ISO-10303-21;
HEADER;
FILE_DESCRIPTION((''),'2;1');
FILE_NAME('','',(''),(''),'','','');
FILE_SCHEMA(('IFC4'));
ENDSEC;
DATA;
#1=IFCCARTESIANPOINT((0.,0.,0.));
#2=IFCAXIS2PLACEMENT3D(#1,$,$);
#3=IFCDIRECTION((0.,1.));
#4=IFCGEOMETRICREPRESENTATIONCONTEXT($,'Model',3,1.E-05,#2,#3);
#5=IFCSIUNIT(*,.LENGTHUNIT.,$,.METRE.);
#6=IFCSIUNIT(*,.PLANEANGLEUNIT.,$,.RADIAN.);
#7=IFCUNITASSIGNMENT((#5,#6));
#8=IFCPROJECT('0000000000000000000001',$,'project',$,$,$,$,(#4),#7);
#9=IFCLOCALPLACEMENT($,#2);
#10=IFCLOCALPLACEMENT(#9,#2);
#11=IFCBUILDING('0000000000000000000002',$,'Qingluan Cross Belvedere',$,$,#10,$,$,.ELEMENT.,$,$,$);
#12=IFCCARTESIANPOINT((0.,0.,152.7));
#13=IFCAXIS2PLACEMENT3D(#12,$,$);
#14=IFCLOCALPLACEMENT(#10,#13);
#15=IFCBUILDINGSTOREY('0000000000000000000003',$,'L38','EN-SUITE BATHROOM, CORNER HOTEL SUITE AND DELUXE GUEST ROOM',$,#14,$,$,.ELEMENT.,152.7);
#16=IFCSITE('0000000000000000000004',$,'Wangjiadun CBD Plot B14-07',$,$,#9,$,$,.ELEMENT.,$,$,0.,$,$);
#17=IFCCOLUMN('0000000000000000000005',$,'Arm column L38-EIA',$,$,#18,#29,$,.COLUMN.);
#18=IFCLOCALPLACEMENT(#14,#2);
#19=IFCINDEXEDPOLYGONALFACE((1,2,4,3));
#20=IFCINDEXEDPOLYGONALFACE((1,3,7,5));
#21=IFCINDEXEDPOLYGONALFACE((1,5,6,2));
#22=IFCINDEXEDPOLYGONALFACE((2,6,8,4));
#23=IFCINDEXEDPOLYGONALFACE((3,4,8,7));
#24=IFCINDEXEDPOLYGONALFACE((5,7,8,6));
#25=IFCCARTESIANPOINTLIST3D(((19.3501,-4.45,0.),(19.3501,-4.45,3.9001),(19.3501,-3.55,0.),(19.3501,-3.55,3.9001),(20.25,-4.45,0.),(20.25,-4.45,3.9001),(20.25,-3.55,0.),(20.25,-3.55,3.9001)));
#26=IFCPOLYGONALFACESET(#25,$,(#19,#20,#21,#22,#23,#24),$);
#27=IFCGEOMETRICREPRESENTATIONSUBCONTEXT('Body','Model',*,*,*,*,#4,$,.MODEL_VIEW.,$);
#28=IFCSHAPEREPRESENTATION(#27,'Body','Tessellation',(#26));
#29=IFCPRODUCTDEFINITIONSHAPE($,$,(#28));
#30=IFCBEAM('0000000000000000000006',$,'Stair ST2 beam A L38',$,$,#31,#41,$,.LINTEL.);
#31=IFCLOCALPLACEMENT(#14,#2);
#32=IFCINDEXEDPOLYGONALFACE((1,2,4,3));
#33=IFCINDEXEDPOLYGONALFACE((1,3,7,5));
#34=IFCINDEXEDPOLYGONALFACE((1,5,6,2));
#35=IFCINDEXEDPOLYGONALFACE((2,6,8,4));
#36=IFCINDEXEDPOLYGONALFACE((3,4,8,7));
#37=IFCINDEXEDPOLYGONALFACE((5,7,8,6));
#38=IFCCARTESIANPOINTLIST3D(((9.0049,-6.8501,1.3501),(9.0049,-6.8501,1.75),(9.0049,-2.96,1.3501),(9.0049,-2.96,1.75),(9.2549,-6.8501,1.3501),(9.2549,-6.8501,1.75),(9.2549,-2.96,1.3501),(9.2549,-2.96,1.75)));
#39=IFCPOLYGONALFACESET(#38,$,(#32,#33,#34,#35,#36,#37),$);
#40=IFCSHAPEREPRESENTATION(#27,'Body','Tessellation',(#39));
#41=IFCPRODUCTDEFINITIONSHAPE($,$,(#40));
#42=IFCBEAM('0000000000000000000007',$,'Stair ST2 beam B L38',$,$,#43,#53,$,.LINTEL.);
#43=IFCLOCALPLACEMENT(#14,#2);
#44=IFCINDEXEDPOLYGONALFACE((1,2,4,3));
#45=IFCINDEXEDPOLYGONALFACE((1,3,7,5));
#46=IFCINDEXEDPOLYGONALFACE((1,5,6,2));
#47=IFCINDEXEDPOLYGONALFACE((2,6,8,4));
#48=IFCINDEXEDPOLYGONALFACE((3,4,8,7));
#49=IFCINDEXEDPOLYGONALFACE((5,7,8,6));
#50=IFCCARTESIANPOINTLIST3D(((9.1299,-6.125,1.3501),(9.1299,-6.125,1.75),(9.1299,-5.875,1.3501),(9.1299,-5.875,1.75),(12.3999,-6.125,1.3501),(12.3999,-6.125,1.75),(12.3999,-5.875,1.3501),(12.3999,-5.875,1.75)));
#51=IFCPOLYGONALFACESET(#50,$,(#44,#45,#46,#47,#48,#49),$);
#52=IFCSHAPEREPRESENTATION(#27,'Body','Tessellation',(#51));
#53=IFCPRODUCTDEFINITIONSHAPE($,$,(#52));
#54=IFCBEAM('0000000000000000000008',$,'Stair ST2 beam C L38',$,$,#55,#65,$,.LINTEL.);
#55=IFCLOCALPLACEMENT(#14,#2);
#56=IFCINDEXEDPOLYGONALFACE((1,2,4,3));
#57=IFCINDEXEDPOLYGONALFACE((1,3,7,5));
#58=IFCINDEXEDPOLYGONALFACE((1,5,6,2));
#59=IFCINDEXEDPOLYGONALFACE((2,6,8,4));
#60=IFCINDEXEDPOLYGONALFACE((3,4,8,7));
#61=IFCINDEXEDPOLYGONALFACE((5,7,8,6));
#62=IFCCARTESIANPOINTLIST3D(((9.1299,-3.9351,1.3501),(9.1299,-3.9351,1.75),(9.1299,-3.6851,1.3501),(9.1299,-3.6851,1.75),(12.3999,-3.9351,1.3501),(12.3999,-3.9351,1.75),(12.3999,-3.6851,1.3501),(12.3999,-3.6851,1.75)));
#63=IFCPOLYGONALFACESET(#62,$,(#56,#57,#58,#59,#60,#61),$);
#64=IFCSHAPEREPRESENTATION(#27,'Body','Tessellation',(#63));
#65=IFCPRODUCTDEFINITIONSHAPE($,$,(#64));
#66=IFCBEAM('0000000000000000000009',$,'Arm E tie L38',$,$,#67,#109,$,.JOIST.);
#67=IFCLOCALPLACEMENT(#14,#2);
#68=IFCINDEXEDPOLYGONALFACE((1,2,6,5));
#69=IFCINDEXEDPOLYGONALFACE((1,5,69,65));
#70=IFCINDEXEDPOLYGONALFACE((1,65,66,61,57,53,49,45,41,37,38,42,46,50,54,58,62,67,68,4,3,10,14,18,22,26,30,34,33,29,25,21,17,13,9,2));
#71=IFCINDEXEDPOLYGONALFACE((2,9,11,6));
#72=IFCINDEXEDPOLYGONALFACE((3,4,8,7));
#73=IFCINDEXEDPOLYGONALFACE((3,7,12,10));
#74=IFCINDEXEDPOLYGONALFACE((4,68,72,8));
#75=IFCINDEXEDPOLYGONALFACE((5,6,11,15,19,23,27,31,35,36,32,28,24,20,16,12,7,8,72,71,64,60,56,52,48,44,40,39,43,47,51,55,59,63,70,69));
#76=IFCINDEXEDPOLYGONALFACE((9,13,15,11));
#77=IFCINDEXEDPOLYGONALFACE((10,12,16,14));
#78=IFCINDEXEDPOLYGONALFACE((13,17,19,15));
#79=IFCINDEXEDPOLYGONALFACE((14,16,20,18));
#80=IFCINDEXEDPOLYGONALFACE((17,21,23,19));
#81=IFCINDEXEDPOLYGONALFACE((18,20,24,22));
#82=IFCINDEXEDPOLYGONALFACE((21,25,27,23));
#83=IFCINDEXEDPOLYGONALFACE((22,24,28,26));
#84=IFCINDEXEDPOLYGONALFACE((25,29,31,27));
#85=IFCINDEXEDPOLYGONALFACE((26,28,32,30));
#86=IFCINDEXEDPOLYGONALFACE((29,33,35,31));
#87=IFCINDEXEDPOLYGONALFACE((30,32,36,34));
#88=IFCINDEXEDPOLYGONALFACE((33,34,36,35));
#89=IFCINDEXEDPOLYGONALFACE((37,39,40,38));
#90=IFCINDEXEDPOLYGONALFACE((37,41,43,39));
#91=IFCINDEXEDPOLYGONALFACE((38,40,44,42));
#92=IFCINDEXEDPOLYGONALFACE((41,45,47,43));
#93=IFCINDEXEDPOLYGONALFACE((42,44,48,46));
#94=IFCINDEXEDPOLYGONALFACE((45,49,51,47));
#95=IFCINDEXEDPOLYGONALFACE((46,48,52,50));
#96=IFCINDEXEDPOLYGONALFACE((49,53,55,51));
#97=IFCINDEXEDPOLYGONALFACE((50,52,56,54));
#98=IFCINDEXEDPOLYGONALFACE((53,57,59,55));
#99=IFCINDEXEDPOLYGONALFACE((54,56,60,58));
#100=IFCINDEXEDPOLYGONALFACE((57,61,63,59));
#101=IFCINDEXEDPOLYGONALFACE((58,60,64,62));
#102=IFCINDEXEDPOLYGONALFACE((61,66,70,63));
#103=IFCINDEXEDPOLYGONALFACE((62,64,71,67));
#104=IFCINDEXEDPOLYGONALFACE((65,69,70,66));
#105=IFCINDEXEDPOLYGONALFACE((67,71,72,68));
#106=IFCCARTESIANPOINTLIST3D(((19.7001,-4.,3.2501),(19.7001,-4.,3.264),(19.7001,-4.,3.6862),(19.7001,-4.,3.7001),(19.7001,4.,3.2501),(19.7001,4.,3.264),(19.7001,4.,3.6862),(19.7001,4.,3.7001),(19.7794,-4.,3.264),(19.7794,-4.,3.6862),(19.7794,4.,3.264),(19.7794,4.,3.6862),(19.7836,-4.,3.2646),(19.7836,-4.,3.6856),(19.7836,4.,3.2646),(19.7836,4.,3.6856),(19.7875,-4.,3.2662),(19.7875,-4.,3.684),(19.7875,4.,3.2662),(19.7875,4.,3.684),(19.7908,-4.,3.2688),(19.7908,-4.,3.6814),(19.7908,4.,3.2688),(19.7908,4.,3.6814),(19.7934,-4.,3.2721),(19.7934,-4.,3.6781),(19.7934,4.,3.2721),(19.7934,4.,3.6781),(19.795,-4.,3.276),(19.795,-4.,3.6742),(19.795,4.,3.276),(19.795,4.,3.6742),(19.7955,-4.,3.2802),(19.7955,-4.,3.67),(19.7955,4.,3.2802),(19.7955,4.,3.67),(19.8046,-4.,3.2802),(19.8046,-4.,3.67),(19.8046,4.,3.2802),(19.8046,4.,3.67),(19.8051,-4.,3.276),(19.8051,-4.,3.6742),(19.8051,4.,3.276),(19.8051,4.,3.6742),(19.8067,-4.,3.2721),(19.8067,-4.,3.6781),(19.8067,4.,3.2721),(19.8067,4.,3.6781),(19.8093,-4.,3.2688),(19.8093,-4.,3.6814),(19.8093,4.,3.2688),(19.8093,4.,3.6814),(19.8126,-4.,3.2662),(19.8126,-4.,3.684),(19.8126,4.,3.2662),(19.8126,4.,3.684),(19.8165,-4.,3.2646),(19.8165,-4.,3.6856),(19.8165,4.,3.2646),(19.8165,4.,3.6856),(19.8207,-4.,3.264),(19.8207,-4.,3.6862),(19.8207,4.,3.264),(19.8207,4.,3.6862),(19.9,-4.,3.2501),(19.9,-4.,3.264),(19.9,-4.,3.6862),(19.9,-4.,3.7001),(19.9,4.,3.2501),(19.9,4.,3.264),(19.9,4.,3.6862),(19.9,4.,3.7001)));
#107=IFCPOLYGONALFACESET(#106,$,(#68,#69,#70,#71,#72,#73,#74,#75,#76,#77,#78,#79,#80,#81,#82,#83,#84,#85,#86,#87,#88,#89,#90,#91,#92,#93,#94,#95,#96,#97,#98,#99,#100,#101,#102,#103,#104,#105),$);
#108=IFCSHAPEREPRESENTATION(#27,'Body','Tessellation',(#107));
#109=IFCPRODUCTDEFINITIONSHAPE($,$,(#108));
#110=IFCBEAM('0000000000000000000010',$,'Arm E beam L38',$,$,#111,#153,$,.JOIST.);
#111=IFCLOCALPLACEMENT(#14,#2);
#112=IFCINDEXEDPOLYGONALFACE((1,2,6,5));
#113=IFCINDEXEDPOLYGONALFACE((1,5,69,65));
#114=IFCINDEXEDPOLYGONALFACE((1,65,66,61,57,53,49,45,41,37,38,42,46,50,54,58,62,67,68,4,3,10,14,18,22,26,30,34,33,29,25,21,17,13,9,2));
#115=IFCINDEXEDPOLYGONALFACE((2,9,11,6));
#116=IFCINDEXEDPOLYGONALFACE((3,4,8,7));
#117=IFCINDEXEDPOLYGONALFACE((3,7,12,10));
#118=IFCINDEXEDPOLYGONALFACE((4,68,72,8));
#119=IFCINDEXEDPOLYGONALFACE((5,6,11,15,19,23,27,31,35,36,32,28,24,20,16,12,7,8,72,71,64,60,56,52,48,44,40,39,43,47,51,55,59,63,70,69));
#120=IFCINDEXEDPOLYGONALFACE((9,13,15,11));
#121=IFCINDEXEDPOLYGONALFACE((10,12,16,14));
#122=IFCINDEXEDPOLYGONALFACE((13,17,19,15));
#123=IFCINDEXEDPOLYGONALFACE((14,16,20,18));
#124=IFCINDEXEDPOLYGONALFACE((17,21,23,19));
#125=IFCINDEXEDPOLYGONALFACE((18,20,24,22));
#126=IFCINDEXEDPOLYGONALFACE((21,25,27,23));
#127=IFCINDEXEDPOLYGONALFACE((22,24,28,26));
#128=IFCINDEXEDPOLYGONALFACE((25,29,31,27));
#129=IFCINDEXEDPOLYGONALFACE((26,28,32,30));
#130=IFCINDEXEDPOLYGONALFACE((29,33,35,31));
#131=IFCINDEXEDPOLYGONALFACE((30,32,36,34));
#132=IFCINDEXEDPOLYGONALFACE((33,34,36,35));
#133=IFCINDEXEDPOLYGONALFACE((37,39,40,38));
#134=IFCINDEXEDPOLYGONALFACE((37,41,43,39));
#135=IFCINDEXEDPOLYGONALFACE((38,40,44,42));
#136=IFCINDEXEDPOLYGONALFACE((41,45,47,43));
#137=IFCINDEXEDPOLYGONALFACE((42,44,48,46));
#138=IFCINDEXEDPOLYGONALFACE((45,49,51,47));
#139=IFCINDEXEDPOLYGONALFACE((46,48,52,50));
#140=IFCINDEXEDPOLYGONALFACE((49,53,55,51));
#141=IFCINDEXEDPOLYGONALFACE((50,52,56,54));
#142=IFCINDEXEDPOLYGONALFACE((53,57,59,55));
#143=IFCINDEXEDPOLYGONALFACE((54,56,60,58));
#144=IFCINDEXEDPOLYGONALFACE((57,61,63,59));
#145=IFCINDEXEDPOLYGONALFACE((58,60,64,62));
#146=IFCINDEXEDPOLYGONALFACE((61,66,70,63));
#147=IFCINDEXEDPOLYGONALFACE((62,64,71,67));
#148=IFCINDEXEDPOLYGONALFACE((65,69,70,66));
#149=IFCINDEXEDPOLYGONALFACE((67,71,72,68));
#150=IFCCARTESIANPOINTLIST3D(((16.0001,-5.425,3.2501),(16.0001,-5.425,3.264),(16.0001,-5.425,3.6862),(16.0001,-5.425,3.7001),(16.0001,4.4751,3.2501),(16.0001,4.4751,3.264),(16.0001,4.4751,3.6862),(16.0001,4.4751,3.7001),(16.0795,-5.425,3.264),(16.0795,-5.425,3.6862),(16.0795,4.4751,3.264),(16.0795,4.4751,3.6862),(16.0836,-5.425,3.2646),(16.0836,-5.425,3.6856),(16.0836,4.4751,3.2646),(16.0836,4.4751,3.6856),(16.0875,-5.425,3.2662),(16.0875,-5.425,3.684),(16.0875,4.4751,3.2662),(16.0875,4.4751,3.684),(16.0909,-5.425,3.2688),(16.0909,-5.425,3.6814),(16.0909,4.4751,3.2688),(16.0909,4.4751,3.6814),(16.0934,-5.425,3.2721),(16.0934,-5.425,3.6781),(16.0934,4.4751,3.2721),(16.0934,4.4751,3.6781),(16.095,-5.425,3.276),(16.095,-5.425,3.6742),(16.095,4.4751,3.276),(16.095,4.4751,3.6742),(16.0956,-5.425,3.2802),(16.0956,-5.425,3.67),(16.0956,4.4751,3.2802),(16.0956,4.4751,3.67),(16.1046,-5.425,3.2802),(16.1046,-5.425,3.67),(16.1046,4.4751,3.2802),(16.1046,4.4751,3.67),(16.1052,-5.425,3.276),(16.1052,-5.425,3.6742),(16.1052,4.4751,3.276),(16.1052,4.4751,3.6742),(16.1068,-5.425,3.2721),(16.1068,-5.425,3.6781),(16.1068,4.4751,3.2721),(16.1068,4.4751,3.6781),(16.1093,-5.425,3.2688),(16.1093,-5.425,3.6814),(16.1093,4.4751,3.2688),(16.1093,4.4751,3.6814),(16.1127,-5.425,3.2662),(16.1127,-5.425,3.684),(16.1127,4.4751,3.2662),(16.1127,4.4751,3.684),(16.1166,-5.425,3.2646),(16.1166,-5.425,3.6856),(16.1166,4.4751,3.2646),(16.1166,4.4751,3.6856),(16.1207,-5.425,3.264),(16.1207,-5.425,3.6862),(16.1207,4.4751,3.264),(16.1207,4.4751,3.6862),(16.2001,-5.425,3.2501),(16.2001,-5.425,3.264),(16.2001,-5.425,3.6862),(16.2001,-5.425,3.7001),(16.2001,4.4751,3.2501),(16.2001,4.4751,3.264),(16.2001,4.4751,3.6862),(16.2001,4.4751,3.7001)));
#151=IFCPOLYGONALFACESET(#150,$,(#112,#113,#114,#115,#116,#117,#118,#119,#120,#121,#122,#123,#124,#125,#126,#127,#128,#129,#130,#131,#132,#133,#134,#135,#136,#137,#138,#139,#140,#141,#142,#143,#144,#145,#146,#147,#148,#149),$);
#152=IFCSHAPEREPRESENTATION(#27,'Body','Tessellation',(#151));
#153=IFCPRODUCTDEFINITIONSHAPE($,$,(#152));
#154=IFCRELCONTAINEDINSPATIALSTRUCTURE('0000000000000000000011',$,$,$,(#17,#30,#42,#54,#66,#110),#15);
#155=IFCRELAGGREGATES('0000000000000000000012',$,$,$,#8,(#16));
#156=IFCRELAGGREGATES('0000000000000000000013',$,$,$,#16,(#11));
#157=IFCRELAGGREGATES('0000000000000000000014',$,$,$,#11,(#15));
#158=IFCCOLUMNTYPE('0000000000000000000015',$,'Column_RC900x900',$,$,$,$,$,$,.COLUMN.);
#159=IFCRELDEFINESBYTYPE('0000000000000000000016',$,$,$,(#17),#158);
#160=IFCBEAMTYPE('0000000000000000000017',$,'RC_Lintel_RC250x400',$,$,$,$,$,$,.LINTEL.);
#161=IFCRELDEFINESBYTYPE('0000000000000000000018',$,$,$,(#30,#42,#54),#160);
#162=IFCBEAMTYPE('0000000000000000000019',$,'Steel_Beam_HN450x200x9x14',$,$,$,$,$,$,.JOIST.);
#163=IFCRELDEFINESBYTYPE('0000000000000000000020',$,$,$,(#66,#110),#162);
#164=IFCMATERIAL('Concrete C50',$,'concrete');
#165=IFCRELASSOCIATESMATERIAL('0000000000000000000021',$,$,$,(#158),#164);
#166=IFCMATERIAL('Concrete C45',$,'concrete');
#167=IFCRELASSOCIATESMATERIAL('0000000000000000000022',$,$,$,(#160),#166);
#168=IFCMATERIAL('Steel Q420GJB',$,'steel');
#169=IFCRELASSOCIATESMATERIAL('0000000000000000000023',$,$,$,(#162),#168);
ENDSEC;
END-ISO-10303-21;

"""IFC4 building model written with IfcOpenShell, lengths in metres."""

from ifc_helpers import new_model, si_unit, direction, frame, origin, origin_2d, place, context, subcontext, project, spatial, rectangle, i_section, extrude, material, material_profile, profile_set, type_object, element, save


model = new_model("IFC4")

# Units and contexts
model_context = context("Model", 3, precision=1e-05, world=origin(), true_north=direction((0.0, 1.0)))
body_context = subcontext(model_context, "Body", "Model", "MODEL_VIEW")
ifc_project = project(units=[si_unit("LENGTHUNIT", "METRE"), si_unit("PLANEANGLEUNIT", "RADIAN")], contexts=[model_context])

# Site, building, storey
site_placement = place(None, origin())
site = spatial("IfcSite", under=ifc_project, at=site_placement, Name="Wangjiadun CBD Plot B14-07", CompositionType="ELEMENT", RefElevation=0.0)
building_placement = place(site_placement, origin())
building = spatial("IfcBuilding", under=site, at=building_placement, Name="Qingluan Cross Belvedere", CompositionType="ELEMENT")
storey_placement = place(building_placement, frame((0.0, 0.0, 152.7)))
storey = spatial("IfcBuildingStorey", under=building, at=storey_placement, Name="L38", Description="EN-SUITE BATHROOM, CORNER HOTEL SUITE AND DELUXE GUEST ROOM", CompositionType="ELEMENT", Elevation=152.7)

# Column
ifc_material_1 = material(Name="Concrete C50", Category="concrete")
ifc_material_profile_1 = material_profile(ifc_material_1, rectangle(XDim=0.8999, YDim=0.8999, at=origin_2d()), Name="RC900x900")
ifc_profile_set_1 = profile_set([ifc_material_profile_1], Name="Concrete C50")
column_type = type_object("IfcColumnType", Name="Column_RC900x900", PredefinedType="COLUMN", material=ifc_profile_set_1)
column_placement = place(storey_placement, frame((19.8, -4.0, 0.0), z_axis=(0.0, 0.0, 1.0), x_axis=(1.0, 0.0, 0.0)))
element("IfcColumn", 1, at=column_placement, inside=storey, type_object=column_type, Name="Arm column L38-EIA", PredefinedType="COLUMN", context=body_context, shape_type="SweptSolid", body=[
    extrude(rectangle(XDim=0.8999, YDim=0.8999, at=origin_2d()), origin(), (0.0, 0.0, 1.0), 3.9001),
])

# Beams
ifc_material_2 = material(Name="Concrete C45", Category="concrete")
ifc_material_profile_2 = material_profile(ifc_material_2, rectangle(XDim=0.25, YDim=0.3999, at=origin_2d()), Name="RC250x400")
ifc_profile_set_2 = profile_set([ifc_material_profile_2], Name="Concrete C45")
beam_type_1 = type_object("IfcBeamType", Name="RC_Lintel_RC250x400", PredefinedType="LINTEL", material=ifc_profile_set_2)
beam_1_placement = place(storey_placement, frame((9.1299, -6.8501, 1.55), z_axis=(0.0, 1.0, 0.0), x_axis=(-1.0, 0.0, 0.0)))
element("IfcBeam", 2, at=beam_1_placement, inside=storey, type_object=beam_type_1, Name="Stair ST2 beam A L38", PredefinedType="LINTEL", context=body_context, shape_type="SweptSolid", body=[
    extrude(rectangle(XDim=0.25, YDim=0.3999, at=origin_2d()), origin(), (0.0, 0.0, 1.0), 3.8901),
])
for number, where, z_axis, x_axis, name in (
    (3, (12.3999, -6.0, 1.55), (-1.0, 0.0, 0.0), (0.0, -1.0, 0.0), "Stair ST2 beam B L38"),
    (4, (12.3999, -3.8101, 1.55), (-1.0, 0.0, 0.0), (0.0, -1.0, 0.0), "Stair ST2 beam C L38"),
):
    element("IfcBeam", number, at=place(storey_placement, frame(where, z_axis=z_axis, x_axis=x_axis)), inside=storey, type_object=beam_type_1, Name=name, PredefinedType="LINTEL", context=body_context, shape_type="SweptSolid", body=[
        extrude(rectangle(XDim=0.25, YDim=0.3999, at=origin_2d()), origin(), (0.0, 0.0, 1.0), 3.27),
    ])
ifc_material_3 = material(Name="Steel Q420GJB", Category="steel")
ifc_material_profile_3 = material_profile(ifc_material_3, i_section(OverallWidth=0.2, OverallDepth=0.45, WebThickness=0.009, FlangeThickness=0.0139, FilletRadius=0.0161, at=origin_2d()), Name="HN450x200x9x14")
ifc_profile_set_3 = profile_set([ifc_material_profile_3], Name="Steel Q420GJB")
beam_type_2 = type_object("IfcBeamType", Name="Steel_Beam_HN450x200x9x14", PredefinedType="JOIST", material=ifc_profile_set_3)
beam_2_placement = place(storey_placement, frame((19.8, -4.0, 3.4751), z_axis=(0.0, 1.0, 0.0), x_axis=(-1.0, 0.0, 0.0)))
element("IfcBeam", 5, at=beam_2_placement, inside=storey, type_object=beam_type_2, Name="Arm E tie L38", PredefinedType="JOIST", context=body_context, shape_type="SweptSolid", body=[
    extrude(i_section(OverallWidth=0.2, OverallDepth=0.45, WebThickness=0.009, FlangeThickness=0.0139, FilletRadius=0.0161, at=origin_2d()), origin(), (0.0, 0.0, 1.0), 8.0),
])
beam_3_placement = place(storey_placement, frame((16.1001, -5.425, 3.4751), z_axis=(0.0, 1.0, 0.0), x_axis=(-1.0, 0.0, 0.0)))
element("IfcBeam", 6, at=beam_3_placement, inside=storey, type_object=beam_type_2, Name="Arm E beam L38", PredefinedType="JOIST", context=body_context, shape_type="SweptSolid", body=[
    extrude(i_section(OverallWidth=0.2, OverallDepth=0.45, WebThickness=0.009, FlangeThickness=0.0139, FilletRadius=0.0161, at=origin_2d()), origin(), (0.0, 0.0, 1.0), 9.9001),
])

save(model, "model.ifc")
